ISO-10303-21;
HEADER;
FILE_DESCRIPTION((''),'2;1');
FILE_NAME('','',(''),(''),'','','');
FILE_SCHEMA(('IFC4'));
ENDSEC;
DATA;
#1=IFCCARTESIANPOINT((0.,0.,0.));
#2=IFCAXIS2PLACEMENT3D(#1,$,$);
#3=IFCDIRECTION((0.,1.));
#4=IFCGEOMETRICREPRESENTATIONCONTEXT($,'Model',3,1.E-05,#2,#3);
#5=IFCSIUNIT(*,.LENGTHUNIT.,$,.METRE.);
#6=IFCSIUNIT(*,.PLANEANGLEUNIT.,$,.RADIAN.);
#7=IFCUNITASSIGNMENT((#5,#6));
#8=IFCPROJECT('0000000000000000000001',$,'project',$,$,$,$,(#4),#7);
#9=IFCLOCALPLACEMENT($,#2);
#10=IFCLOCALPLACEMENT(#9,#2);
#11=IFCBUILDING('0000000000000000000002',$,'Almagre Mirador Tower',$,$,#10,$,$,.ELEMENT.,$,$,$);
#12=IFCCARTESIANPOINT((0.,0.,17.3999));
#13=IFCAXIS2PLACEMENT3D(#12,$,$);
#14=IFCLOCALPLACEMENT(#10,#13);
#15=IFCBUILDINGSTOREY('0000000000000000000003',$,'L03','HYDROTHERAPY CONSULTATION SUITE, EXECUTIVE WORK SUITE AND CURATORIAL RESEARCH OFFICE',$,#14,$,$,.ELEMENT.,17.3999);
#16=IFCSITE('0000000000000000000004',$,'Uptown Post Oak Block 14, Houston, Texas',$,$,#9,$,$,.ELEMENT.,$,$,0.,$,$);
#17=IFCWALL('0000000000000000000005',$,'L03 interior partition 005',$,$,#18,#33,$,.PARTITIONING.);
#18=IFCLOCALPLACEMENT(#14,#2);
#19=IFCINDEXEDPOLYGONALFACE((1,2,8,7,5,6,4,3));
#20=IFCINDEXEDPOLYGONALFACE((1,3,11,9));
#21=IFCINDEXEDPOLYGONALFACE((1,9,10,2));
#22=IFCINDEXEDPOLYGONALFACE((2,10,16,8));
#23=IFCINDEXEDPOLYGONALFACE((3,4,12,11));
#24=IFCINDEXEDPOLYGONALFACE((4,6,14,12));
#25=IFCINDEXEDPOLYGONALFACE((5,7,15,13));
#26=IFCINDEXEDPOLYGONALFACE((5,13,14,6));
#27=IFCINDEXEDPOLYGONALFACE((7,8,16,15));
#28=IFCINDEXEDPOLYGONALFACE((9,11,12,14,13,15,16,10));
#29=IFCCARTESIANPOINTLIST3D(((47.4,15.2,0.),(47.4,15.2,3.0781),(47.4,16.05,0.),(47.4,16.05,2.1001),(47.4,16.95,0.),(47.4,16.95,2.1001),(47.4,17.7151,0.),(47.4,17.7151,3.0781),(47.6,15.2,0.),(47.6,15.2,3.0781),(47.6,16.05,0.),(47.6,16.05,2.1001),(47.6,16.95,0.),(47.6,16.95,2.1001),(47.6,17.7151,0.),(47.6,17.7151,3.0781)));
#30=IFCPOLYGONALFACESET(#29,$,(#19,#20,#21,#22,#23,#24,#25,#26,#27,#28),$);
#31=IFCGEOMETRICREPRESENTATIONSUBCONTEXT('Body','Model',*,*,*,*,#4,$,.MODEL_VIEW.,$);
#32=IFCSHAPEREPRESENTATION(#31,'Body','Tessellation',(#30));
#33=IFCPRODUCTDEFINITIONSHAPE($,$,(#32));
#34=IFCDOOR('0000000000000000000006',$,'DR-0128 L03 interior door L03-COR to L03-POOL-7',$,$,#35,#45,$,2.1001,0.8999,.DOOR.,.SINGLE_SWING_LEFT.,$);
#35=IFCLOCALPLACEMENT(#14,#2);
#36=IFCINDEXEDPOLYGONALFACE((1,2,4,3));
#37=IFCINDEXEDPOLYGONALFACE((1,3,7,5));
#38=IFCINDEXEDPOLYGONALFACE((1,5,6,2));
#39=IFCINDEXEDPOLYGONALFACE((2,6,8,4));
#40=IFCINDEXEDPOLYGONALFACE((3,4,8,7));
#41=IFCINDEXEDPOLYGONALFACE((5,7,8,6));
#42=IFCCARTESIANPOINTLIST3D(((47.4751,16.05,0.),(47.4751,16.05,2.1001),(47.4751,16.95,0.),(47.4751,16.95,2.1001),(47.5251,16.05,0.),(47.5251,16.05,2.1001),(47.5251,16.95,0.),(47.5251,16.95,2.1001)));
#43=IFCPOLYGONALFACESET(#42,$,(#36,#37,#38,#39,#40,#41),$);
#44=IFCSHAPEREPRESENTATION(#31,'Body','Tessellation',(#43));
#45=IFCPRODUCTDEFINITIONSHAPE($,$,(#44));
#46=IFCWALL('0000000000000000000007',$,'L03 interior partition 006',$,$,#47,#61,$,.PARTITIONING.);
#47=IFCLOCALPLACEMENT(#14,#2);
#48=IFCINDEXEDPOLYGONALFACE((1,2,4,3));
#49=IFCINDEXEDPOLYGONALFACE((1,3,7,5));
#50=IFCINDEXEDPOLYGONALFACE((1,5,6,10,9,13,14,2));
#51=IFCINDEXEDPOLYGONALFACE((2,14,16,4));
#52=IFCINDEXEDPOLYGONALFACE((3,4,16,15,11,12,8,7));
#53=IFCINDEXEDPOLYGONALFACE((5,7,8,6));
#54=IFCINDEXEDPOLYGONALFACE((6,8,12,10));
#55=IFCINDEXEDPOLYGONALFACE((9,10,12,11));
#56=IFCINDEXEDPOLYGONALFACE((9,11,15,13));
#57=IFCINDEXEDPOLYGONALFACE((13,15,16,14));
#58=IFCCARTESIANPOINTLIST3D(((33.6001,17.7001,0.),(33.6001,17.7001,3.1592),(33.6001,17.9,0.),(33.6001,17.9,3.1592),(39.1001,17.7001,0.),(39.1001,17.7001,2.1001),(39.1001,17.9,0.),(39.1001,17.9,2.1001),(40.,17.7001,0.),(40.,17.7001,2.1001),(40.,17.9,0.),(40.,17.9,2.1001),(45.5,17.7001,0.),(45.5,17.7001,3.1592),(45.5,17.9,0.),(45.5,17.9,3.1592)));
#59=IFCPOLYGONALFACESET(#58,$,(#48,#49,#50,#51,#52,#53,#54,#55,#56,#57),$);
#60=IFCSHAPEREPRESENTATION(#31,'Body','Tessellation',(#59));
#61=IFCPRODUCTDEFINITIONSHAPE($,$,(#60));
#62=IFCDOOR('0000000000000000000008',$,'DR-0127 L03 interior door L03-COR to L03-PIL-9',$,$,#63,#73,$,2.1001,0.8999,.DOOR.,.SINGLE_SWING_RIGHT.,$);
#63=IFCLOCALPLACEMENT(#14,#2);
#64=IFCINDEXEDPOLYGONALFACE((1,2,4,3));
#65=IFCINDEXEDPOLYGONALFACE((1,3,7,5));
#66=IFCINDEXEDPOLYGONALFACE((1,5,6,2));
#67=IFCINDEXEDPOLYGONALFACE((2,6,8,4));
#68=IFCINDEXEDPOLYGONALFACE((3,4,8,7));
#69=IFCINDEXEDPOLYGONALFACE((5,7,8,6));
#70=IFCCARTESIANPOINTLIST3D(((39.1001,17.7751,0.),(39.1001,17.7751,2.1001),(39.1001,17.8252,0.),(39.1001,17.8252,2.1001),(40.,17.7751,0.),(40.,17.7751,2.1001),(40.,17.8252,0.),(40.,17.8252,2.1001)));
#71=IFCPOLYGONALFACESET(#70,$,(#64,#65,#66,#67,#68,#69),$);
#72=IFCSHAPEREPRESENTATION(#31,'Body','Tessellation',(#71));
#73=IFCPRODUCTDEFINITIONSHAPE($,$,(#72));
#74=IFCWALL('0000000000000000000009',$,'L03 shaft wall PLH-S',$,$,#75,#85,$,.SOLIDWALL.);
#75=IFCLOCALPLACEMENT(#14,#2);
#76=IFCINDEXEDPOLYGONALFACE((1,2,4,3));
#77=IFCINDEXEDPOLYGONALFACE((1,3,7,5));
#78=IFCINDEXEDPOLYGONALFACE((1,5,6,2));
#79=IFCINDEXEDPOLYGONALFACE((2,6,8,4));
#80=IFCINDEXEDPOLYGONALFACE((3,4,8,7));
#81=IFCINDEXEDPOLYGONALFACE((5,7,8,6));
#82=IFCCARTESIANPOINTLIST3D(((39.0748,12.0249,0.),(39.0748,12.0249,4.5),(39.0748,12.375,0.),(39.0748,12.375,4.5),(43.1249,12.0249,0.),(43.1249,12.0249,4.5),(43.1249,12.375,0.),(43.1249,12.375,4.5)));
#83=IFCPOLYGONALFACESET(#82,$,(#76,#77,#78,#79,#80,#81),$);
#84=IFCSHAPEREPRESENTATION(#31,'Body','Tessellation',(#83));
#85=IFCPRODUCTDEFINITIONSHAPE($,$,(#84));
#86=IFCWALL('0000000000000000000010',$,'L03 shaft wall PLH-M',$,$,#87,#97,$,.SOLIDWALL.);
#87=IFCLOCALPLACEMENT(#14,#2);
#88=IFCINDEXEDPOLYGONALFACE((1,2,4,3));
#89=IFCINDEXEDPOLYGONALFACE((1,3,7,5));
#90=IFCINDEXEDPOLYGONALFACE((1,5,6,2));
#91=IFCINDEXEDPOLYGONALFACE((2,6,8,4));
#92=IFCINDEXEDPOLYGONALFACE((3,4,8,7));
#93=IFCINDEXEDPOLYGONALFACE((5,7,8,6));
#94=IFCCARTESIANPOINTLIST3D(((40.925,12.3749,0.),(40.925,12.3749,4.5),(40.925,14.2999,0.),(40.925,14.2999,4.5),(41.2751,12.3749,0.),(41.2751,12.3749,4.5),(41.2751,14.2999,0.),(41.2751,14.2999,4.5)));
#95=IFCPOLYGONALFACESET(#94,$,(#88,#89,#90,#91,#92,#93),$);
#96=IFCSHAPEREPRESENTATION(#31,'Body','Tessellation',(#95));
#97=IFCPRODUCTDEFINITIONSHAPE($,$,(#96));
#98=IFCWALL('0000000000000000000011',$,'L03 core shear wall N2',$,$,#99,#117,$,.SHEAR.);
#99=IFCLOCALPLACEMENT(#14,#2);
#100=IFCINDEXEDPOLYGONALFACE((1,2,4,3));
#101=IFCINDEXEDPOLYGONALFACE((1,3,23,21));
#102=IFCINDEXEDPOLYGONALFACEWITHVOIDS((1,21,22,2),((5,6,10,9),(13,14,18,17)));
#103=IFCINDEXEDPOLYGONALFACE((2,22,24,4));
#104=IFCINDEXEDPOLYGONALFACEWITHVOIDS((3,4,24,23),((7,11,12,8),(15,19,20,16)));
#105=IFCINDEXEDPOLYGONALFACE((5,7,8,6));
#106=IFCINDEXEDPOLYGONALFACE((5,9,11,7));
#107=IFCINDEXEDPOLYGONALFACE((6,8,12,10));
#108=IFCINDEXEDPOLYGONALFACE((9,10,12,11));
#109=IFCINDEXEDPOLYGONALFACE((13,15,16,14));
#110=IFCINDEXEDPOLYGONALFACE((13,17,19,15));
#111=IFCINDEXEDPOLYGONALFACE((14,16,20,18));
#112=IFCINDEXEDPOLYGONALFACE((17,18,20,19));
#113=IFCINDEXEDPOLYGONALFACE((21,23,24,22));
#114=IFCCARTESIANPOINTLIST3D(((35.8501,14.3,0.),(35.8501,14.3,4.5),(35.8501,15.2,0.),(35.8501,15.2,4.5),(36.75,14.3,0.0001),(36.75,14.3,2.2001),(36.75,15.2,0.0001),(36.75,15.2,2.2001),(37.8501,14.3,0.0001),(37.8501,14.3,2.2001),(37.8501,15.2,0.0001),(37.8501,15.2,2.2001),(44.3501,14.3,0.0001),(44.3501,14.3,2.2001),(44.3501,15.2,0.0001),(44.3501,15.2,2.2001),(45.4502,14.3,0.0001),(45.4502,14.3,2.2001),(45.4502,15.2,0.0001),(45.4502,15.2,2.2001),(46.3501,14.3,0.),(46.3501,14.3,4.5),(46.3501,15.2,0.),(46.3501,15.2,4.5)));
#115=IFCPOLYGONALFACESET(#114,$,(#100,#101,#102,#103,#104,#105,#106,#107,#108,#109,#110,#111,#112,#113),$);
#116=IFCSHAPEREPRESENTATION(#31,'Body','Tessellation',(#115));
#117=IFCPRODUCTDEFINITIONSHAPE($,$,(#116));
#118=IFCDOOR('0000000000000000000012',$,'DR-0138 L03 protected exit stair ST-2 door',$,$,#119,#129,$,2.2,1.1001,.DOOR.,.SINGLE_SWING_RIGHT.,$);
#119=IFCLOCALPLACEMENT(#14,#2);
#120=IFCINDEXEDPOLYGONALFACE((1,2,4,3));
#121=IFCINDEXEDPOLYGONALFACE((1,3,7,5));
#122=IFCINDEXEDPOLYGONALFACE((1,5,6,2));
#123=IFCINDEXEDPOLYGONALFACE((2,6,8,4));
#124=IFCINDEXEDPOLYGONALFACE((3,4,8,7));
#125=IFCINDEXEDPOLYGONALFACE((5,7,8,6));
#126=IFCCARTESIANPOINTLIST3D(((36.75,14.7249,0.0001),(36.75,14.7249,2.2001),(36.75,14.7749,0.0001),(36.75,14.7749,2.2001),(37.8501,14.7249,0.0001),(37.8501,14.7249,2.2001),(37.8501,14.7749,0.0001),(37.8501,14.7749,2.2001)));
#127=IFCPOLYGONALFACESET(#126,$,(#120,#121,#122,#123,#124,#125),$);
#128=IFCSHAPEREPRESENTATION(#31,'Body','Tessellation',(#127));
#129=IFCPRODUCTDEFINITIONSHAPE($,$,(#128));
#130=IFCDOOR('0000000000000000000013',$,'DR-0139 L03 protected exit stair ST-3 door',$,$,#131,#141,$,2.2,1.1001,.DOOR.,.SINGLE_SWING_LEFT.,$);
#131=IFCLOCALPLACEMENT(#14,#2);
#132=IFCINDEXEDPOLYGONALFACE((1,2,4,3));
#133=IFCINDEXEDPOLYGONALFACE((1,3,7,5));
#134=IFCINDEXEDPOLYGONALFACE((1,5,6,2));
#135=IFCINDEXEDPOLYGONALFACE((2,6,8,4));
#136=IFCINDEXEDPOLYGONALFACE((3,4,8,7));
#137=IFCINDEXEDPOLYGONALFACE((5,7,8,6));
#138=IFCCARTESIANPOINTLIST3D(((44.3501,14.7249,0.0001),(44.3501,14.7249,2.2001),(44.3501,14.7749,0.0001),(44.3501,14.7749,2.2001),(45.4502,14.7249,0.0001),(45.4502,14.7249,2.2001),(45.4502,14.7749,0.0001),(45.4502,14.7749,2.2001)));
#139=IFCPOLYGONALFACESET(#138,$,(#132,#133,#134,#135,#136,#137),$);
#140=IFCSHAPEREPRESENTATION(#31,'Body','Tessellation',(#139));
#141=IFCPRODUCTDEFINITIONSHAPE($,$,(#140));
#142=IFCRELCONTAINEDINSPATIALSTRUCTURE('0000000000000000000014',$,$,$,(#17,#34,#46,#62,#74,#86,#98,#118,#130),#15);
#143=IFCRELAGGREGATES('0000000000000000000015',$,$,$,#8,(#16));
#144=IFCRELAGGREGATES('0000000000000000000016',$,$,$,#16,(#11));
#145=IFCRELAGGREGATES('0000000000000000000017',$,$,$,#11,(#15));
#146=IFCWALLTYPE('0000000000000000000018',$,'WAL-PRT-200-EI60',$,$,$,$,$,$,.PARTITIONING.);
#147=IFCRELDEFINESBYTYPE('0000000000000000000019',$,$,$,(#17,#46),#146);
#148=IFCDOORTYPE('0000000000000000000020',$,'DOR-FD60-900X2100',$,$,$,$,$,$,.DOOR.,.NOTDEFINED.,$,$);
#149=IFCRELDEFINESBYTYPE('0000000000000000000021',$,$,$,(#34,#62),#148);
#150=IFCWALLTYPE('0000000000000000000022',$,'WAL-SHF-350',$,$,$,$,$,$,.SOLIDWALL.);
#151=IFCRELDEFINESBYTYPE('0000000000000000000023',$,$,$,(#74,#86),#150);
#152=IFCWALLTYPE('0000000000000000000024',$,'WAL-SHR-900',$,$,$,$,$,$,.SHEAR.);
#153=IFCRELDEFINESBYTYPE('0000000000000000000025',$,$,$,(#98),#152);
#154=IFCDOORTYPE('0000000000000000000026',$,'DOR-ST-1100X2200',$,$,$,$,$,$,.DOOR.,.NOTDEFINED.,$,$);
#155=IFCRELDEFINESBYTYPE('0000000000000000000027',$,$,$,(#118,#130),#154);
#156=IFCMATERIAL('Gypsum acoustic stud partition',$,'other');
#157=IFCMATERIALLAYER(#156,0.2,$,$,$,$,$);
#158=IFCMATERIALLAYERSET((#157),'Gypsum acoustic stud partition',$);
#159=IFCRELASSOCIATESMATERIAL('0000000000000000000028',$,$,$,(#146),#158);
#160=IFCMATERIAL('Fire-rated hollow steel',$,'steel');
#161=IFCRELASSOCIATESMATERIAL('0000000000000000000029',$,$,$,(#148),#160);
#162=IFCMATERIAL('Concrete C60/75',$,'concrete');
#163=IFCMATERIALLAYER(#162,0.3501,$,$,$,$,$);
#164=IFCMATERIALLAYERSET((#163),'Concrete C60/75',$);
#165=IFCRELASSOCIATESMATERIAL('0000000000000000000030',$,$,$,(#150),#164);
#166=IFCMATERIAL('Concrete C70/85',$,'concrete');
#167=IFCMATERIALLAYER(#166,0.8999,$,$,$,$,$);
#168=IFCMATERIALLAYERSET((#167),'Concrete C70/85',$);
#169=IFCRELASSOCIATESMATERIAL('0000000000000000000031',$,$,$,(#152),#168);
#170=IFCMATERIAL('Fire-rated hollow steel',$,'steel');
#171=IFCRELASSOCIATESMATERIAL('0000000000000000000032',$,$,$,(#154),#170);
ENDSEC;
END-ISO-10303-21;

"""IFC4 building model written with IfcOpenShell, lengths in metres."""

from ifc_helpers import new_model, si_unit, direction, frame, frame_2d, origin, place, context, subcontext, project, spatial, rectangle, extrude, material, layer, layer_set, type_object, element, fill, save


model = new_model("IFC4")

# Units and contexts
model_context = context("Model", 3, precision=1e-05, world=origin(), true_north=direction((0.0, 1.0)))
body_context = subcontext(model_context, "Body", "Model", "MODEL_VIEW")
ifc_project = project(units=[si_unit("LENGTHUNIT", "METRE"), si_unit("PLANEANGLEUNIT", "RADIAN")], contexts=[model_context])

# Site, building, storey
site_placement = place(None, origin())
site = spatial("IfcSite", under=ifc_project, at=site_placement, Name="Uptown Post Oak Block 14, Houston, Texas", CompositionType="ELEMENT", RefElevation=0.0)
building_placement = place(site_placement, origin())
building = spatial("IfcBuilding", under=site, at=building_placement, Name="Almagre Mirador Tower", CompositionType="ELEMENT")
storey_placement = place(building_placement, frame((0.0, 0.0, 17.3999)))
storey = spatial("IfcBuildingStorey", under=building, at=storey_placement, Name="L03", Description="HYDROTHERAPY CONSULTATION SUITE, EXECUTIVE WORK SUITE AND CURATORIAL RESEARCH OFFICE", CompositionType="ELEMENT", Elevation=17.3999)

# Walls, openings, doors
ifc_material_1 = material(Name="Gypsum acoustic stud partition", Category="other")
ifc_layer_1 = layer(ifc_material_1, 0.2)
ifc_layer_set_1 = layer_set([ifc_layer_1], Name="Gypsum acoustic stud partition")
wall_type_1 = type_object("IfcWallType", Name="WAL-PRT-200-EI60", PredefinedType="PARTITIONING", material=ifc_layer_set_1)
ifc_material_2 = material(Name="Fire-rated hollow steel", Category="steel")
door_type_1 = type_object("IfcDoorType", Name="DOR-FD60-900X2100", OperationType="NOTDEFINED", PredefinedType="DOOR", material=ifc_material_2)
wall_1_placement = place(storey_placement, frame((47.5, 15.2, 0.0), z_axis=(0.0, 0.0, 1.0), x_axis=(0.0, 1.0, 0.0)))
wall_1 = element("IfcWall", 1, at=wall_1_placement, inside=storey, type_object=wall_type_1, Name="L03 interior partition 005", PredefinedType="PARTITIONING", context=body_context, shape_type="SweptSolid", body=[
    extrude(rectangle(XDim=2.5151, YDim=0.2, at=frame_2d((1.2576, 0.0))), origin(), (0.0, 0.0, 1.0), 3.0781),
])
opening_1_placement = place(wall_1_placement, frame((0.8501, 0.0, 0.0)))
opening_1 = element("IfcOpeningElement", 2, at=opening_1_placement, cuts=wall_1, PredefinedType="OPENING", context=body_context, shape_type="SweptSolid", body=[
    extrude(rectangle(XDim=0.8999, YDim=2.1001, at=frame_2d((0.45, 1.05))), frame((0.0, 0.1101, 0.0), z_axis=(0.0, -1.0, 0.0), x_axis=(1.0, 0.0, 0.0)), (0.0, 0.0, 1.0), 0.22),
])
door_1_placement = place(opening_1_placement, origin())
door_1 = element("IfcDoor", 3, at=door_1_placement, inside=storey, type_object=door_type_1, Name="DR-0128 L03 interior door L03-COR to L03-POOL-7", OperationType="SINGLE_SWING_LEFT", OverallHeight=2.1001, OverallWidth=0.8999, PredefinedType="DOOR", context=body_context, shape_type="SweptSolid", body=[
    extrude(rectangle(XDim=0.8999, YDim=2.1001, at=frame_2d((0.45, 1.05))), frame((0.0, 0.0249, 0.0), z_axis=(0.0, -1.0, 0.0), x_axis=(1.0, 0.0, 0.0)), (0.0, 0.0, 1.0), 0.05),
])
fill(opening_1, door_1)
wall_2_placement = place(storey_placement, frame((45.5, 17.8, 0.0), z_axis=(0.0, 0.0, 1.0), x_axis=(-1.0, 0.0, 0.0)))
wall_2 = element("IfcWall", 4, at=wall_2_placement, inside=storey, type_object=wall_type_1, Name="L03 interior partition 006", PredefinedType="PARTITIONING", context=body_context, shape_type="SweptSolid", body=[
    extrude(rectangle(XDim=11.8999, YDim=0.2, at=frame_2d((5.95, 0.0))), origin(), (0.0, 0.0, 1.0), 3.1592),
])
opening_2_placement = place(wall_2_placement, frame((5.5, 0.0, 0.0)))
opening_2 = element("IfcOpeningElement", 5, at=opening_2_placement, cuts=wall_2, PredefinedType="OPENING", context=body_context, shape_type="SweptSolid", body=[
    extrude(rectangle(XDim=0.8999, YDim=2.1001, at=frame_2d((0.45, 1.05))), frame((0.0, 0.1101, 0.0), z_axis=(0.0, -1.0, 0.0), x_axis=(1.0, 0.0, 0.0)), (0.0, 0.0, 1.0), 0.22),
])
door_2_placement = place(opening_2_placement, origin())
door_2 = element("IfcDoor", 6, at=door_2_placement, inside=storey, type_object=door_type_1, Name="DR-0127 L03 interior door L03-COR to L03-PIL-9", OperationType="SINGLE_SWING_RIGHT", OverallHeight=2.1001, OverallWidth=0.8999, PredefinedType="DOOR", context=body_context, shape_type="SweptSolid", body=[
    extrude(rectangle(XDim=0.8999, YDim=2.1001, at=frame_2d((0.45, 1.05))), frame((0.0, 0.0249, 0.0), z_axis=(0.0, -1.0, 0.0), x_axis=(1.0, 0.0, 0.0)), (0.0, 0.0, 1.0), 0.05),
])
fill(opening_2, door_2)

# Walls
ifc_material_3 = material(Name="Concrete C60/75", Category="concrete")
ifc_layer_2 = layer(ifc_material_3, 0.3501)
ifc_layer_set_2 = layer_set([ifc_layer_2], Name="Concrete C60/75")
wall_type_2 = type_object("IfcWallType", Name="WAL-SHF-350", PredefinedType="SOLIDWALL", material=ifc_layer_set_2)
wall_3_placement = place(storey_placement, frame((39.075, 12.2, 0.0), z_axis=(0.0, 0.0, 1.0), x_axis=(1.0, 0.0, 0.0)))
element("IfcWall", 7, at=wall_3_placement, inside=storey, type_object=wall_type_2, Name="L03 shaft wall PLH-S", PredefinedType="SOLIDWALL", context=body_context, shape_type="SweptSolid", body=[
    extrude(rectangle(XDim=4.05, YDim=0.3501, at=frame_2d((2.0249, 0.0))), origin(), (0.0, 0.0, 1.0), 4.5),
])
wall_4_placement = place(storey_placement, frame((41.1001, 12.375, 0.0), z_axis=(0.0, 0.0, 1.0), x_axis=(0.0, 1.0, 0.0)))
element("IfcWall", 8, at=wall_4_placement, inside=storey, type_object=wall_type_2, Name="L03 shaft wall PLH-M", PredefinedType="SOLIDWALL", context=body_context, shape_type="SweptSolid", body=[
    extrude(rectangle(XDim=1.925, YDim=0.3501, at=frame_2d((0.9624, 0.0))), origin(), (0.0, 0.0, 1.0), 4.5),
])

# Wall, openings, doors
ifc_material_4 = material(Name="Concrete C70/85", Category="concrete")
ifc_layer_3 = layer(ifc_material_4, 0.8999)
ifc_layer_set_3 = layer_set([ifc_layer_3], Name="Concrete C70/85")
wall_type_3 = type_object("IfcWallType", Name="WAL-SHR-900", PredefinedType="SHEAR", material=ifc_layer_set_3)
wall_5_placement = place(storey_placement, frame((35.8501, 14.75, 0.0), z_axis=(0.0, 0.0, 1.0), x_axis=(1.0, 0.0, 0.0)))
wall_5 = element("IfcWall", 9, at=wall_5_placement, inside=storey, type_object=wall_type_3, Name="L03 core shear wall N2", PredefinedType="SHEAR", context=body_context, shape_type="SweptSolid", body=[
    extrude(rectangle(XDim=10.5, YDim=0.8999, at=frame_2d((5.25, 0.0))), origin(), (0.0, 0.0, 1.0), 4.5),
])
opening_3_placement = place(wall_5_placement, frame((0.8999, 0.0, 0.0)))
opening_3 = element("IfcOpeningElement", 10, at=opening_3_placement, cuts=wall_5, PredefinedType="OPENING", context=body_context, shape_type="SweptSolid", body=[
    extrude(rectangle(XDim=1.1001, YDim=2.2, at=frame_2d((0.55, 1.1001))), frame((0.0, 0.46, 0.0), z_axis=(0.0, -1.0, 0.0), x_axis=(1.0, 0.0, 0.0)), (0.0, 0.0, 1.0), 0.9199),
])
opening_4_placement = place(wall_5_placement, frame((8.5, 0.0, 0.0)))
opening_4 = element("IfcOpeningElement", 11, at=opening_4_placement, cuts=wall_5, PredefinedType="OPENING", context=body_context, shape_type="SweptSolid", body=[
    extrude(rectangle(XDim=1.1001, YDim=2.2, at=frame_2d((0.55, 1.1001))), frame((0.0, 0.46, 0.0), z_axis=(0.0, -1.0, 0.0), x_axis=(1.0, 0.0, 0.0)), (0.0, 0.0, 1.0), 0.9199),
])
ifc_material_5 = material(Name="Fire-rated hollow steel", Category="steel")
door_type_2 = type_object("IfcDoorType", Name="DOR-ST-1100X2200", OperationType="NOTDEFINED", PredefinedType="DOOR", material=ifc_material_5)
door_3_placement = place(opening_3_placement, origin())
door_3 = element("IfcDoor", 12, at=door_3_placement, inside=storey, type_object=door_type_2, Name="DR-0138 L03 protected exit stair ST-2 door", OperationType="SINGLE_SWING_RIGHT", OverallHeight=2.2, OverallWidth=1.1001, PredefinedType="DOOR", context=body_context, shape_type="SweptSolid", body=[
    extrude(rectangle(XDim=1.1001, YDim=2.2, at=frame_2d((0.55, 1.1001))), frame((0.0, 0.0249, 0.0), z_axis=(0.0, -1.0, 0.0), x_axis=(1.0, 0.0, 0.0)), (0.0, 0.0, 1.0), 0.05),
])
fill(opening_3, door_3)
door_4_placement = place(opening_4_placement, origin())
door_4 = element("IfcDoor", 13, at=door_4_placement, inside=storey, type_object=door_type_2, Name="DR-0139 L03 protected exit stair ST-3 door", OperationType="SINGLE_SWING_LEFT", OverallHeight=2.2, OverallWidth=1.1001, PredefinedType="DOOR", context=body_context, shape_type="SweptSolid", body=[
    extrude(rectangle(XDim=1.1001, YDim=2.2, at=frame_2d((0.55, 1.1001))), frame((0.0, 0.0249, 0.0), z_axis=(0.0, -1.0, 0.0), x_axis=(1.0, 0.0, 0.0)), (0.0, 0.0, 1.0), 0.05),
])
fill(opening_4, door_4)

save(model, "model.ifc")
